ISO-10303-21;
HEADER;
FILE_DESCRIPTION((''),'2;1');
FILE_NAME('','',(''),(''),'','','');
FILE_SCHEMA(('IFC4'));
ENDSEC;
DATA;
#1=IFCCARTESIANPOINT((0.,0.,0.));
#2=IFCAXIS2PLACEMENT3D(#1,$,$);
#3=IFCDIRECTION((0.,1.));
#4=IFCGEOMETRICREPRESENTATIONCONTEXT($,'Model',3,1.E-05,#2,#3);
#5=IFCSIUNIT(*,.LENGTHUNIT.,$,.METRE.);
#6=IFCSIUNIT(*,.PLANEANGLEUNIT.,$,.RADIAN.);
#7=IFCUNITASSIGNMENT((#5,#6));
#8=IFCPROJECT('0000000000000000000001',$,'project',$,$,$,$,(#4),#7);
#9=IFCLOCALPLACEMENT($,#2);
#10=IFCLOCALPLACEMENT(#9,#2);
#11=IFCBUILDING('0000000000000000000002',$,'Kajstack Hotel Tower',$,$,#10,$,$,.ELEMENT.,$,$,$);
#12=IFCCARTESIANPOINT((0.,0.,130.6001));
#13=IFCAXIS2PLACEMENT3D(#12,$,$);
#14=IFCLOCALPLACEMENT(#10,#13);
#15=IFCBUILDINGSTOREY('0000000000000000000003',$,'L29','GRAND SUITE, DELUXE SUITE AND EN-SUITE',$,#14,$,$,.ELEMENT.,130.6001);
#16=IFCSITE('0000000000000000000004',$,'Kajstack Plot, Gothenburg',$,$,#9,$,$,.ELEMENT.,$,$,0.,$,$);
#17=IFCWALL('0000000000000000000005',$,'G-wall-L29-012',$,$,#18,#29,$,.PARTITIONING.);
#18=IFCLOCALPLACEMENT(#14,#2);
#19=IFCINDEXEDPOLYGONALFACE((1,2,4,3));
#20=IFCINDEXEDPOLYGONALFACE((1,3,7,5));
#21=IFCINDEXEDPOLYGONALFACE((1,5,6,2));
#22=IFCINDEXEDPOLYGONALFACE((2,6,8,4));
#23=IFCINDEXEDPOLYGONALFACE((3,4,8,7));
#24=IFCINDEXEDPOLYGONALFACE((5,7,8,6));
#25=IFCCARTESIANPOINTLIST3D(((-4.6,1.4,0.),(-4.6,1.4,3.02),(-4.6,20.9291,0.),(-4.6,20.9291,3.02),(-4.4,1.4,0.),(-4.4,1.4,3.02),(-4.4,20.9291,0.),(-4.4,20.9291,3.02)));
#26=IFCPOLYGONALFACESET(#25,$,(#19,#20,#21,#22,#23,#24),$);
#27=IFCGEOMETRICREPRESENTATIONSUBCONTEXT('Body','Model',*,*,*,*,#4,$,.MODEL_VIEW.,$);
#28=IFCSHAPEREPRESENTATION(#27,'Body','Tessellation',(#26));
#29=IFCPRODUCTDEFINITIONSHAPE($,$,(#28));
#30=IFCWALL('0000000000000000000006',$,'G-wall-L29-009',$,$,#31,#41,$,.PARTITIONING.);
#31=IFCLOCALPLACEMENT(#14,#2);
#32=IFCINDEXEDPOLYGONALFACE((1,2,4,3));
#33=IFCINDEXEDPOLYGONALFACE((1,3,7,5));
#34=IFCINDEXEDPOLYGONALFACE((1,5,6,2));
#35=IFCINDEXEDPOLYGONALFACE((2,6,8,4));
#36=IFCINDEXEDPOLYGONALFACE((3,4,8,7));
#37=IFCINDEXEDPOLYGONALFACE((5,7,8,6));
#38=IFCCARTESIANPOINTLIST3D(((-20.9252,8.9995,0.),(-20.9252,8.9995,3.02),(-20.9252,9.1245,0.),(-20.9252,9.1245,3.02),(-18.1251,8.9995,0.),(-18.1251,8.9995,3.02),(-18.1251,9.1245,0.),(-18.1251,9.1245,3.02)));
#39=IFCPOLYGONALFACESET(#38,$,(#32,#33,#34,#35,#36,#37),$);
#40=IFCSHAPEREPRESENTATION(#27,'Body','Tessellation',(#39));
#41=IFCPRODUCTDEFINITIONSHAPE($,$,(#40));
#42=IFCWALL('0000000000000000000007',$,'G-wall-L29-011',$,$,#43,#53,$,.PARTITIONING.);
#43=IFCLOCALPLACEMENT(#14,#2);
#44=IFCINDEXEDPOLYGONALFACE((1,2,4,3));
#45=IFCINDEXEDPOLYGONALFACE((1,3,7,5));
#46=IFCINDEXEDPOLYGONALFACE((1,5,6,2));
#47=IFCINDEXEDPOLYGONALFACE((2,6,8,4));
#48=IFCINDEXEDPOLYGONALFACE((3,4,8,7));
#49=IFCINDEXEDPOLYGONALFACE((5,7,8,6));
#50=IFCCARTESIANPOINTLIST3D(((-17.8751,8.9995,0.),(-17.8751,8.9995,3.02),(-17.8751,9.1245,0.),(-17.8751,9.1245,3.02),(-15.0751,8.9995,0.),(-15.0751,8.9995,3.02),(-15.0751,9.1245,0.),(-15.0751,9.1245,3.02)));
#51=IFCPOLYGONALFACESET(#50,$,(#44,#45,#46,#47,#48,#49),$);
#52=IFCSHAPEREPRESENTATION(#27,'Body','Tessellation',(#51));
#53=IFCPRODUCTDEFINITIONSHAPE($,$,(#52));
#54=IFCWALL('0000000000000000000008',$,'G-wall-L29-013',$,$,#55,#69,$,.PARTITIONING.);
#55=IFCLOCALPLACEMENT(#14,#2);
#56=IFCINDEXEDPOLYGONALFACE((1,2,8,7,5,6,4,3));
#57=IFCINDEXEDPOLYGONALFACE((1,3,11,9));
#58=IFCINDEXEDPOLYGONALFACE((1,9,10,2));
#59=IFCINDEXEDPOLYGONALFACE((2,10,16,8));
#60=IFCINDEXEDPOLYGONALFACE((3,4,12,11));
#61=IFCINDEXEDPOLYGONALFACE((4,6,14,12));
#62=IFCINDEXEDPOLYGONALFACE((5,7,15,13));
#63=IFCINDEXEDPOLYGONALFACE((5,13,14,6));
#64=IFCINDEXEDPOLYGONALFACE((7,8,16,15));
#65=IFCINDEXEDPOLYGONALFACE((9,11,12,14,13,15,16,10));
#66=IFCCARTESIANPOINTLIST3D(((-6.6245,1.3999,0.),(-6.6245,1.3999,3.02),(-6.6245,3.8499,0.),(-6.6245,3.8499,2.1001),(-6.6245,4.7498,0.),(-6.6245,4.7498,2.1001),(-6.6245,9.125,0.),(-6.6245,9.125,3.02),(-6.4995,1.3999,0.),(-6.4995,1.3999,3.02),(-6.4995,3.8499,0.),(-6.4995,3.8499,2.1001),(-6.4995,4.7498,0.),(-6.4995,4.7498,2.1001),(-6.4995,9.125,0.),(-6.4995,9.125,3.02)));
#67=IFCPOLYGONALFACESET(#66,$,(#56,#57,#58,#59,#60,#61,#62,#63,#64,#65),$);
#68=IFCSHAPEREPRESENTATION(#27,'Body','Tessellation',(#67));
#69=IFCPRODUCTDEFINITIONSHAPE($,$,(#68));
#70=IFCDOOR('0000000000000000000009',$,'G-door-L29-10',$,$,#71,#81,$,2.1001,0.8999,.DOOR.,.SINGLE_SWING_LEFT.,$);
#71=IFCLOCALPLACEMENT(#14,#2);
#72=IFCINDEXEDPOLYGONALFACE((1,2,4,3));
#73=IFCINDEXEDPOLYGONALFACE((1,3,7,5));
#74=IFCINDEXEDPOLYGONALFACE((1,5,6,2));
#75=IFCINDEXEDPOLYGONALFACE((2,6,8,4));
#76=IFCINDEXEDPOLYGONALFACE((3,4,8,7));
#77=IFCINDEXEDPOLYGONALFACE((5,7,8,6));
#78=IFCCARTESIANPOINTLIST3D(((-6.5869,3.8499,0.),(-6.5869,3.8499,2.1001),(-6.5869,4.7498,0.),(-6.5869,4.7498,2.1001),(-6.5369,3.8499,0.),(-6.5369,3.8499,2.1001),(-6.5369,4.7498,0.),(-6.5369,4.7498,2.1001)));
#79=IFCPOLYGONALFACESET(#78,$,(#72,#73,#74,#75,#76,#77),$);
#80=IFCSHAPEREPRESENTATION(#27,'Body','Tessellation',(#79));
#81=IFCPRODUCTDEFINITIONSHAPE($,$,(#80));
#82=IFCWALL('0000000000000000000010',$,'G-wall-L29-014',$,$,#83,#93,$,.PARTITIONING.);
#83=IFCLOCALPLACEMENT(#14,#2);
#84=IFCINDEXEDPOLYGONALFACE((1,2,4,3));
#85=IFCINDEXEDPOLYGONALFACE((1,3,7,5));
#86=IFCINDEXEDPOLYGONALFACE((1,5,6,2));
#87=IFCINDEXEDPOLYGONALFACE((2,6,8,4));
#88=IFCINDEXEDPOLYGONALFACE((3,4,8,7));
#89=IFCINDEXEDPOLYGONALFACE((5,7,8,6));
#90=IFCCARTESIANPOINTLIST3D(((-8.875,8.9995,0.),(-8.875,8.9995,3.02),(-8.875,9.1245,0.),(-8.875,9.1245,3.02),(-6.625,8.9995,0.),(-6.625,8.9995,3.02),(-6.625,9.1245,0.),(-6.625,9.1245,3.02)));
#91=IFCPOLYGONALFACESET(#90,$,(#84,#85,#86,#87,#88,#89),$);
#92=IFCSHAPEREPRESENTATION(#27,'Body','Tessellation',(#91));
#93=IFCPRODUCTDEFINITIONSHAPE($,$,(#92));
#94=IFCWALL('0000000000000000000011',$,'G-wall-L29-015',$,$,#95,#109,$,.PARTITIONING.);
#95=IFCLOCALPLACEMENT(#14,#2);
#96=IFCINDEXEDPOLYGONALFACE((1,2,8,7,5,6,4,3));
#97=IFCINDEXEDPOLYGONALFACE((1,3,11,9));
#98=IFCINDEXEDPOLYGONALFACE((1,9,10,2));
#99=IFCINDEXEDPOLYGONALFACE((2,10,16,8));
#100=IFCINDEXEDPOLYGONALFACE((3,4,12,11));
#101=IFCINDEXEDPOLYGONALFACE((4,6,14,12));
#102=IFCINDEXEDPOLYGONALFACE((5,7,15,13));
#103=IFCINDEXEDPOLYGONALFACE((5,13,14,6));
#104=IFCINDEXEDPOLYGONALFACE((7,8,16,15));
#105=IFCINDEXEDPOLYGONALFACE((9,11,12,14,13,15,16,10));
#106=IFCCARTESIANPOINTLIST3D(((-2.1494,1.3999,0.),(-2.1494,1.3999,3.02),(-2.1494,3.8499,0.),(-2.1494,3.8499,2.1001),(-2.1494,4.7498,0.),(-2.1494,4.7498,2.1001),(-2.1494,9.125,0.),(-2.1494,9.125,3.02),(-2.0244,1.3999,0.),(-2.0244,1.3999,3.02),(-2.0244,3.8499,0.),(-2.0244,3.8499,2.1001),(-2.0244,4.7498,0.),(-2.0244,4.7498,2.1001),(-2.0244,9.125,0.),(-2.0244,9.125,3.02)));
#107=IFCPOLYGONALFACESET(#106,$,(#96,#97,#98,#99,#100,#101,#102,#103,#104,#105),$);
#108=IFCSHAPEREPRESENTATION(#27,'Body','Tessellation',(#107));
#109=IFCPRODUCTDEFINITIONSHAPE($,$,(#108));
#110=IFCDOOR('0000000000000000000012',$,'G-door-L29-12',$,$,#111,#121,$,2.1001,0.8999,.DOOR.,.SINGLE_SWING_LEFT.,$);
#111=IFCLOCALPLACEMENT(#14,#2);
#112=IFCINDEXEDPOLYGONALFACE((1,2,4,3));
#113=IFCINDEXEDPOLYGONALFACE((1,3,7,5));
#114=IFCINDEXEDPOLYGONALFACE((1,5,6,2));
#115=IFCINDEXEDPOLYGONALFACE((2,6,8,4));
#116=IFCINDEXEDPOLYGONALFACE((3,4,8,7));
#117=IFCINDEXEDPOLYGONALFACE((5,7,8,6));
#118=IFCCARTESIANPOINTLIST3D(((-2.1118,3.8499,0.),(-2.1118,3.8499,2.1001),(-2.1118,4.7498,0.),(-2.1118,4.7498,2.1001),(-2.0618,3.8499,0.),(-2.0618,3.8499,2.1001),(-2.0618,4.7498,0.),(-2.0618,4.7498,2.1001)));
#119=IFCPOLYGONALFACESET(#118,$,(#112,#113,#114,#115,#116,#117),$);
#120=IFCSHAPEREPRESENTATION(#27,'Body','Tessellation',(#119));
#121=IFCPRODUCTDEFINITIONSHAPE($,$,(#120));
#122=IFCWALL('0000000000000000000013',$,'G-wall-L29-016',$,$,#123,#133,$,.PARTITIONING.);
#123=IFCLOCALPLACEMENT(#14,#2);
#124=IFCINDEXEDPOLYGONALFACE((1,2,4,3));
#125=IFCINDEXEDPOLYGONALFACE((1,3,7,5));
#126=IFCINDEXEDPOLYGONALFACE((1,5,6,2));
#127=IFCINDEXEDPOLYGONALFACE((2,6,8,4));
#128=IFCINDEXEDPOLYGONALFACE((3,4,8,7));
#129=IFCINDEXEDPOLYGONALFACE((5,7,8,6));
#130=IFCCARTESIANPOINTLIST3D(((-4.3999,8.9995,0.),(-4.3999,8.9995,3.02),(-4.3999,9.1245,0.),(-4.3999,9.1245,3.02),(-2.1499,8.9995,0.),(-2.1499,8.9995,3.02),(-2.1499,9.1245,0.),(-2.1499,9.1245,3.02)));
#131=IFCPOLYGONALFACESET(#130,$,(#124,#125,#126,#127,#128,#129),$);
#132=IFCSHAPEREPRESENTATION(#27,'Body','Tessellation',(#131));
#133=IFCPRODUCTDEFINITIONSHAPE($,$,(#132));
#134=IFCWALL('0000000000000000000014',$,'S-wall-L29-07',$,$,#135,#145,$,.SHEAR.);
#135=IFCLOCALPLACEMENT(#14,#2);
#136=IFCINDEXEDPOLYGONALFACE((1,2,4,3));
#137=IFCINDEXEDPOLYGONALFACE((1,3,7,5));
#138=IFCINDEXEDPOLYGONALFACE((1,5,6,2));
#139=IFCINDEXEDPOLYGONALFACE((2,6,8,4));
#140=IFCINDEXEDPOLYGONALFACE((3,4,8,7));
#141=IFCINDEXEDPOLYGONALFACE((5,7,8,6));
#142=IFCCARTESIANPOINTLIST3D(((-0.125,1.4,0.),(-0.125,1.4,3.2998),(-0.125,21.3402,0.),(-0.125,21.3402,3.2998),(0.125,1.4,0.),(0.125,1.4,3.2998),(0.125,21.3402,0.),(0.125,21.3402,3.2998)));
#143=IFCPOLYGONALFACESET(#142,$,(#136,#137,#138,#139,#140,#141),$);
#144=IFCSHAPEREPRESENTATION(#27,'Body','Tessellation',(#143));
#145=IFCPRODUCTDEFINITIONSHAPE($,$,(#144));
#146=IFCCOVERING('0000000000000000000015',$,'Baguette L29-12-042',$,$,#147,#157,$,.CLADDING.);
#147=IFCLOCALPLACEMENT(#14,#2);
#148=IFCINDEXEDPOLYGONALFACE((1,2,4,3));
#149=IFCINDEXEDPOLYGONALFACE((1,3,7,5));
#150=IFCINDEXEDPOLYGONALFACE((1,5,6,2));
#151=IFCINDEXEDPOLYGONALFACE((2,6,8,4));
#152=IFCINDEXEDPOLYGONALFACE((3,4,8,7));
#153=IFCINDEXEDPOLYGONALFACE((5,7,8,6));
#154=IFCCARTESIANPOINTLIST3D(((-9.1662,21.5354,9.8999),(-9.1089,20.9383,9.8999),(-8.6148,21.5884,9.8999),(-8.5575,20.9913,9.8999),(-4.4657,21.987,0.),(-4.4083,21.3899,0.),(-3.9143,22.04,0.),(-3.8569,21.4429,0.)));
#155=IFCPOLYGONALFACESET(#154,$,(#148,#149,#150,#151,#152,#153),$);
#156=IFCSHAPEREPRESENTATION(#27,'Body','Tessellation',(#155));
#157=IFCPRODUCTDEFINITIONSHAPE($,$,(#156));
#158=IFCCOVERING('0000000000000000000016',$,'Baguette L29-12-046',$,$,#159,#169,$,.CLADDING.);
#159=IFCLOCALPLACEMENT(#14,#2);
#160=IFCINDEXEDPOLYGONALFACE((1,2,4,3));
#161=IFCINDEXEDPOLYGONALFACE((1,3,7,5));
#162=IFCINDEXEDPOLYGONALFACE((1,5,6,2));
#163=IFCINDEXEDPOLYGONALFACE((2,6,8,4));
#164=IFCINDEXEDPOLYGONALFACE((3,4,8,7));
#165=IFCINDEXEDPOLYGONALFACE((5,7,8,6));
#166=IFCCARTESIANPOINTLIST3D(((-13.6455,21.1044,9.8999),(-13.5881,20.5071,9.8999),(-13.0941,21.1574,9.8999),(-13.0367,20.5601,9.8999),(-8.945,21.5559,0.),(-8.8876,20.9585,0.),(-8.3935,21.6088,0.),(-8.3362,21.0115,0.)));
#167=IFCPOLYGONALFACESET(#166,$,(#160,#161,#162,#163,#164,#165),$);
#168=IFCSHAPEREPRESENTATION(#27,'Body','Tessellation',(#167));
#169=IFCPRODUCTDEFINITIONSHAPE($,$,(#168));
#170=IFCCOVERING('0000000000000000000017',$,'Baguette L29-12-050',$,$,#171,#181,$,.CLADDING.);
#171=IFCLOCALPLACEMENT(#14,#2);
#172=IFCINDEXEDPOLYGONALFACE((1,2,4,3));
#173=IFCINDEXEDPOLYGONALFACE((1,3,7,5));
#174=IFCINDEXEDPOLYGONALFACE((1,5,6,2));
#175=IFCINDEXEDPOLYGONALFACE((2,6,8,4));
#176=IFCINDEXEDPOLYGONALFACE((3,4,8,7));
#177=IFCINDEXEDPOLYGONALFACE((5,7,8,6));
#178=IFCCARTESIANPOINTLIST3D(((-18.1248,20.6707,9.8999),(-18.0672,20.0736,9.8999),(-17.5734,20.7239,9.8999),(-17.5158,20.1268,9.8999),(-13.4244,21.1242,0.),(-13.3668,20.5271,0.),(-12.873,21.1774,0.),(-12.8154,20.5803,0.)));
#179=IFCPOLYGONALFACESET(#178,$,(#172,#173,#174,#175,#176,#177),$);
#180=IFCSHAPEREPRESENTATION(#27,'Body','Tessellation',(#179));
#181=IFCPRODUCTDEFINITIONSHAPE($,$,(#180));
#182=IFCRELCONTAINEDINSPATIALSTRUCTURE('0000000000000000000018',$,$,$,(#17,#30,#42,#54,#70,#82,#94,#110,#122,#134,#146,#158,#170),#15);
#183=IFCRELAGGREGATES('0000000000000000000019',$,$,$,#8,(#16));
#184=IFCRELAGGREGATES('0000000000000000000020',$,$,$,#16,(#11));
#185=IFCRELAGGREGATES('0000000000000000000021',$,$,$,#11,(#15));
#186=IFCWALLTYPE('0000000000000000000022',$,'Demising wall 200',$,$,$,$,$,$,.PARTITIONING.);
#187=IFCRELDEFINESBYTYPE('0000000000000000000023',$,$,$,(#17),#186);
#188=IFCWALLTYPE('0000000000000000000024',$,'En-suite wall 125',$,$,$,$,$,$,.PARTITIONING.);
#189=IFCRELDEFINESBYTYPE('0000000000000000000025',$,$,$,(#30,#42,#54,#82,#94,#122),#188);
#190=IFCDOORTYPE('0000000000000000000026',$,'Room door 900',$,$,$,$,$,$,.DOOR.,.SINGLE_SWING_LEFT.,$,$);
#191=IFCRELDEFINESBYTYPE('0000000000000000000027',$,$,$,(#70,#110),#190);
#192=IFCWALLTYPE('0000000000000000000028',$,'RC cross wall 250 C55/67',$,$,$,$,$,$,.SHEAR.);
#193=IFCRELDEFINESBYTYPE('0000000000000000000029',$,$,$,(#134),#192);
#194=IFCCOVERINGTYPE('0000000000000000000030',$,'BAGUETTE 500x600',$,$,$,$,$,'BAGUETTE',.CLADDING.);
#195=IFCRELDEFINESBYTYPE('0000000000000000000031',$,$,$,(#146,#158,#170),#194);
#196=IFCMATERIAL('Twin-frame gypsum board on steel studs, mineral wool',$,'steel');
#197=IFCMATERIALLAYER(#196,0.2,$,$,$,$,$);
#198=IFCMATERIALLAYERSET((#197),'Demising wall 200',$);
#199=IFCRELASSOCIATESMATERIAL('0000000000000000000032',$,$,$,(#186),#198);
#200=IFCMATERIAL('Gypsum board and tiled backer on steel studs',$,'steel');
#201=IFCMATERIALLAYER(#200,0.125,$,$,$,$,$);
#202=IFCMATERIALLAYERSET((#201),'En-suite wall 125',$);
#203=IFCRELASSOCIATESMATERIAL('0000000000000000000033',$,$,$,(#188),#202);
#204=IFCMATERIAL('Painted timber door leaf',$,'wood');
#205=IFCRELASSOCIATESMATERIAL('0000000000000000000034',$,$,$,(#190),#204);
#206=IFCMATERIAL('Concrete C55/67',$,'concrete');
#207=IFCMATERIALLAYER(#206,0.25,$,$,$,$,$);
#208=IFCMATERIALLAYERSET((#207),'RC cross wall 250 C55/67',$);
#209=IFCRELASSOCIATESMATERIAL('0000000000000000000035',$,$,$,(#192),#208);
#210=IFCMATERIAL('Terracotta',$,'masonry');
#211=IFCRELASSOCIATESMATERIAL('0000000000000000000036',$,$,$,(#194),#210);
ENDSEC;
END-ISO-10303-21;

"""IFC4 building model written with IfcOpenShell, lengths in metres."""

from ifc_helpers import new_model, si_unit, direction, frame, frame_2d, origin, origin_2d, place, context, subcontext, project, spatial, polyline, rectangle, outline, extrude, material, layer, layer_set, material_profile, profile_set, type_object, element, fill, save


model = new_model("IFC4")

# Units and contexts
model_context = context("Model", 3, precision=1e-05, world=origin(), true_north=direction((0.0, 1.0)))
body_context = subcontext(model_context, "Body", "Model", "MODEL_VIEW")
ifc_project = project(units=[si_unit("LENGTHUNIT", "METRE"), si_unit("PLANEANGLEUNIT", "RADIAN")], contexts=[model_context])

# Site, building, storey
site_placement = place(None, origin())
site = spatial("IfcSite", under=ifc_project, at=site_placement, Name="Kajstack Plot, Gothenburg", CompositionType="ELEMENT", RefElevation=0.0)
building_placement = place(site_placement, origin())
building = spatial("IfcBuilding", under=site, at=building_placement, Name="Kajstack Hotel Tower", CompositionType="ELEMENT")
storey_placement = place(building_placement, frame((0.0, 0.0, 130.6001)))
storey = spatial("IfcBuildingStorey", under=building, at=storey_placement, Name="L29", Description="GRAND SUITE, DELUXE SUITE AND EN-SUITE", CompositionType="ELEMENT", Elevation=130.6001)

# Walls
ifc_material_1 = material(Name="Twin-frame gypsum board on steel studs, mineral wool", Category="steel")
ifc_layer_1 = layer(ifc_material_1, 0.2)
ifc_layer_set_1 = layer_set([ifc_layer_1], Name="Demising wall 200")
wall_type_1 = type_object("IfcWallType", Name="Demising wall 200", PredefinedType="PARTITIONING", material=ifc_layer_set_1)
wall_1_placement = place(storey_placement, frame((-4.5, 1.3999, 0.0), z_axis=(0.0, 0.0, 1.0), x_axis=(0.0, 1.0, 0.0)))
element("IfcWall", 1, at=wall_1_placement, inside=storey, type_object=wall_type_1, Name="G-wall-L29-012", PredefinedType="PARTITIONING", context=body_context, shape_type="SweptSolid", body=[
    extrude(rectangle(XDim=19.5291, YDim=0.2, at=frame_2d((9.7646, 0.0))), origin(), (0.0, 0.0, 1.0), 3.02),
])
ifc_material_2 = material(Name="Gypsum board and tiled backer on steel studs", Category="steel")
ifc_layer_2 = layer(ifc_material_2, 0.125)
ifc_layer_set_2 = layer_set([ifc_layer_2], Name="En-suite wall 125")
wall_type_2 = type_object("IfcWallType", Name="En-suite wall 125", PredefinedType="PARTITIONING", material=ifc_layer_set_2)
for number, where, z_axis, x_axis, name in (
    (2, (-20.925, 9.062, 0.0), (0.0, 0.0, 1.0), (1.0, 0.0, 0.0), "G-wall-L29-009"),
    (3, (-17.875, 9.062, 0.0), (0.0, 0.0, 1.0), (1.0, 0.0, 0.0), "G-wall-L29-011"),
):
    element("IfcWall", number, at=place(storey_placement, frame(where, z_axis=z_axis, x_axis=x_axis)), inside=storey, type_object=wall_type_2, Name=name, PredefinedType="PARTITIONING", context=body_context, shape_type="SweptSolid", body=[
        extrude(rectangle(XDim=2.8, YDim=0.125, at=frame_2d((1.3999, 0.0))), origin(), (0.0, 0.0, 1.0), 3.02),
    ])

# Wall, opening, door
wall_2_placement = place(storey_placement, frame((-6.562, 1.3999, 0.0), z_axis=(0.0, 0.0, 1.0), x_axis=(0.0, 1.0, 0.0)))
wall_2 = element("IfcWall", 4, at=wall_2_placement, inside=storey, type_object=wall_type_2, Name="G-wall-L29-013", PredefinedType="PARTITIONING", context=body_context, shape_type="SweptSolid", body=[
    extrude(rectangle(XDim=7.7251, YDim=0.125, at=frame_2d((3.8625, 0.0))), origin(), (0.0, 0.0, 1.0), 3.02),
])
opening_1_placement = place(wall_2_placement, frame((2.45, 0.0, 0.0)))
opening_1 = element("IfcOpeningElement", 5, at=opening_1_placement, cuts=wall_2, PredefinedType="OPENING", context=body_context, shape_type="SweptSolid", body=[
    extrude(rectangle(XDim=0.8999, YDim=2.1001, at=frame_2d((0.45, 1.05))), frame((0.0, 0.0725, 0.0), z_axis=(0.0, -1.0, 0.0), x_axis=(1.0, 0.0, 0.0)), (0.0, 0.0, 1.0), 0.145),
])
ifc_material_3 = material(Name="Painted timber door leaf", Category="wood")
door_type = type_object("IfcDoorType", Name="Room door 900", OperationType="SINGLE_SWING_LEFT", PredefinedType="DOOR", material=ifc_material_3)
door_1_placement = place(opening_1_placement, origin())
door_1 = element("IfcDoor", 6, at=door_1_placement, inside=storey, type_object=door_type, Name="G-door-L29-10", OperationType="SINGLE_SWING_LEFT", OverallHeight=2.1001, OverallWidth=0.8999, PredefinedType="DOOR", context=body_context, shape_type="SweptSolid", body=[
    extrude(rectangle(XDim=0.8999, YDim=2.1001, at=frame_2d((0.45, 1.05))), frame((0.0, 0.0249, 0.0), z_axis=(0.0, -1.0, 0.0), x_axis=(1.0, 0.0, 0.0)), (0.0, 0.0, 1.0), 0.05),
])
fill(opening_1, door_1)

# Wall
wall_3_placement = place(storey_placement, frame((-8.875, 9.062, 0.0), z_axis=(0.0, 0.0, 1.0), x_axis=(1.0, 0.0, 0.0)))
element("IfcWall", 7, at=wall_3_placement, inside=storey, type_object=wall_type_2, Name="G-wall-L29-014", PredefinedType="PARTITIONING", context=body_context, shape_type="SweptSolid", body=[
    extrude(rectangle(XDim=2.25, YDim=0.125, at=frame_2d((1.125, 0.0))), origin(), (0.0, 0.0, 1.0), 3.02),
])

# Wall, opening, door
wall_4_placement = place(storey_placement, frame((-2.0869, 1.3999, 0.0), z_axis=(0.0, 0.0, 1.0), x_axis=(0.0, 1.0, 0.0)))
wall_4 = element("IfcWall", 8, at=wall_4_placement, inside=storey, type_object=wall_type_2, Name="G-wall-L29-015", PredefinedType="PARTITIONING", context=body_context, shape_type="SweptSolid", body=[
    extrude(rectangle(XDim=7.7251, YDim=0.125, at=frame_2d((3.8625, 0.0))), origin(), (0.0, 0.0, 1.0), 3.02),
])
opening_2_placement = place(wall_4_placement, frame((2.45, 0.0, 0.0)))
opening_2 = element("IfcOpeningElement", 9, at=opening_2_placement, cuts=wall_4, PredefinedType="OPENING", context=body_context, shape_type="SweptSolid", body=[
    extrude(rectangle(XDim=0.8999, YDim=2.1001, at=frame_2d((0.45, 1.05))), frame((0.0, 0.0725, 0.0), z_axis=(0.0, -1.0, 0.0), x_axis=(1.0, 0.0, 0.0)), (0.0, 0.0, 1.0), 0.145),
])
door_2_placement = place(opening_2_placement, origin())
door_2 = element("IfcDoor", 10, at=door_2_placement, inside=storey, type_object=door_type, Name="G-door-L29-12", OperationType="SINGLE_SWING_LEFT", OverallHeight=2.1001, OverallWidth=0.8999, PredefinedType="DOOR", context=body_context, shape_type="SweptSolid", body=[
    extrude(rectangle(XDim=0.8999, YDim=2.1001, at=frame_2d((0.45, 1.05))), frame((0.0, 0.0249, 0.0), z_axis=(0.0, -1.0, 0.0), x_axis=(1.0, 0.0, 0.0)), (0.0, 0.0, 1.0), 0.05),
])
fill(opening_2, door_2)

# Walls
wall_5_placement = place(storey_placement, frame((-4.3999, 9.062, 0.0), z_axis=(0.0, 0.0, 1.0), x_axis=(1.0, 0.0, 0.0)))
element("IfcWall", 11, at=wall_5_placement, inside=storey, type_object=wall_type_2, Name="G-wall-L29-016", PredefinedType="PARTITIONING", context=body_context, shape_type="SweptSolid", body=[
    extrude(rectangle(XDim=2.25, YDim=0.125, at=frame_2d((1.125, 0.0))), origin(), (0.0, 0.0, 1.0), 3.02),
])
ifc_material_4 = material(Name="Concrete C55/67", Category="concrete")
ifc_layer_3 = layer(ifc_material_4, 0.25)
ifc_layer_set_3 = layer_set([ifc_layer_3], Name="RC cross wall 250 C55/67")
wall_type_3 = type_object("IfcWallType", Name="RC cross wall 250 C55/67", PredefinedType="SHEAR", material=ifc_layer_set_3)
wall_6_placement = place(storey_placement, frame((0.0, 1.3999, 0.0), z_axis=(0.0, 0.0, 1.0), x_axis=(0.0, 1.0, 0.0)))
element("IfcWall", 12, at=wall_6_placement, inside=storey, type_object=wall_type_3, Name="S-wall-L29-07", PredefinedType="SHEAR", context=body_context, shape_type="SweptSolid", body=[
    extrude(rectangle(XDim=19.9402, YDim=0.25, at=frame_2d((9.9702, 0.0))), origin(), (0.0, 0.0, 1.0), 3.2998),
])

# Coverings
ifc_material_5 = material(Name="Terracotta", Category="masonry")
ifc_material_profile = material_profile(ifc_material_5, rectangle(XDim=0.6001, YDim=0.5, at=origin_2d()), Name="Terracotta-clad concrete baguette 500 x 600")
ifc_profile_set = profile_set([ifc_material_profile], Name="Terracotta")
covering_type = type_object("IfcCoveringType", Name="BAGUETTE 500x600", ElementType="BAGUETTE", PredefinedType="CLADDING", material=ifc_profile_set)
covering_1_placement = place(storey_placement, frame((-3.8569, 21.4429, 0.0), z_axis=(-0.095635, 0.995416, 0.0), x_axis=(-0.995416, -0.095635, 0.0)))
element("IfcCovering", 13, at=covering_1_placement, inside=storey, type_object=covering_type, Name="Baguette L29-12-042", PredefinedType="CLADDING", context=body_context, shape_type="SweptSolid", body=[
    extrude(outline(polyline([(4.7222, 9.8999), (0.0, 0.0), (0.554, 0.0), (5.2761, 9.8999), (4.7222, 9.8999)])), origin(), (0.0, 0.0, 1.0), 0.5999),
])
covering_2_placement = place(storey_placement, frame((-8.3362, 21.0115, 0.0), z_axis=(-0.095596, 0.99542, 0.0), x_axis=(-0.99542, -0.095596, 0.0)))
element("IfcCovering", 14, at=covering_2_placement, inside=storey, type_object=covering_type, Name="Baguette L29-12-046", PredefinedType="CLADDING", context=body_context, shape_type="SweptSolid", body=[
    extrude(outline(polyline([(4.7222, 9.8999), (0.0, 0.0), (0.554, 0.0), (5.2761, 9.8999), (4.7222, 9.8999)])), origin(), (0.0, 0.0, 1.0), 0.6001),
])
for number, where, z_axis, x_axis, name in (
    (15, (-12.8154, 20.5803, 0.0), (-0.096038, 0.995378, 0.0), (-0.995378, -0.096038, 0.0), "Baguette L29-12-050"),
):
    element("IfcCovering", number, at=place(storey_placement, frame(where, z_axis=z_axis, x_axis=x_axis)), inside=storey, type_object=covering_type, Name=name, PredefinedType="CLADDING", context=body_context, shape_type="SweptSolid", body=[
        extrude(outline(polyline([(4.7222, 9.8999), (0.0, 0.0), (0.554, 0.0), (5.2761, 9.8999), (4.7222, 9.8999)])), origin(), (0.0, 0.0, 1.0), 0.5999),
    ])

save(model, "model.ifc")
